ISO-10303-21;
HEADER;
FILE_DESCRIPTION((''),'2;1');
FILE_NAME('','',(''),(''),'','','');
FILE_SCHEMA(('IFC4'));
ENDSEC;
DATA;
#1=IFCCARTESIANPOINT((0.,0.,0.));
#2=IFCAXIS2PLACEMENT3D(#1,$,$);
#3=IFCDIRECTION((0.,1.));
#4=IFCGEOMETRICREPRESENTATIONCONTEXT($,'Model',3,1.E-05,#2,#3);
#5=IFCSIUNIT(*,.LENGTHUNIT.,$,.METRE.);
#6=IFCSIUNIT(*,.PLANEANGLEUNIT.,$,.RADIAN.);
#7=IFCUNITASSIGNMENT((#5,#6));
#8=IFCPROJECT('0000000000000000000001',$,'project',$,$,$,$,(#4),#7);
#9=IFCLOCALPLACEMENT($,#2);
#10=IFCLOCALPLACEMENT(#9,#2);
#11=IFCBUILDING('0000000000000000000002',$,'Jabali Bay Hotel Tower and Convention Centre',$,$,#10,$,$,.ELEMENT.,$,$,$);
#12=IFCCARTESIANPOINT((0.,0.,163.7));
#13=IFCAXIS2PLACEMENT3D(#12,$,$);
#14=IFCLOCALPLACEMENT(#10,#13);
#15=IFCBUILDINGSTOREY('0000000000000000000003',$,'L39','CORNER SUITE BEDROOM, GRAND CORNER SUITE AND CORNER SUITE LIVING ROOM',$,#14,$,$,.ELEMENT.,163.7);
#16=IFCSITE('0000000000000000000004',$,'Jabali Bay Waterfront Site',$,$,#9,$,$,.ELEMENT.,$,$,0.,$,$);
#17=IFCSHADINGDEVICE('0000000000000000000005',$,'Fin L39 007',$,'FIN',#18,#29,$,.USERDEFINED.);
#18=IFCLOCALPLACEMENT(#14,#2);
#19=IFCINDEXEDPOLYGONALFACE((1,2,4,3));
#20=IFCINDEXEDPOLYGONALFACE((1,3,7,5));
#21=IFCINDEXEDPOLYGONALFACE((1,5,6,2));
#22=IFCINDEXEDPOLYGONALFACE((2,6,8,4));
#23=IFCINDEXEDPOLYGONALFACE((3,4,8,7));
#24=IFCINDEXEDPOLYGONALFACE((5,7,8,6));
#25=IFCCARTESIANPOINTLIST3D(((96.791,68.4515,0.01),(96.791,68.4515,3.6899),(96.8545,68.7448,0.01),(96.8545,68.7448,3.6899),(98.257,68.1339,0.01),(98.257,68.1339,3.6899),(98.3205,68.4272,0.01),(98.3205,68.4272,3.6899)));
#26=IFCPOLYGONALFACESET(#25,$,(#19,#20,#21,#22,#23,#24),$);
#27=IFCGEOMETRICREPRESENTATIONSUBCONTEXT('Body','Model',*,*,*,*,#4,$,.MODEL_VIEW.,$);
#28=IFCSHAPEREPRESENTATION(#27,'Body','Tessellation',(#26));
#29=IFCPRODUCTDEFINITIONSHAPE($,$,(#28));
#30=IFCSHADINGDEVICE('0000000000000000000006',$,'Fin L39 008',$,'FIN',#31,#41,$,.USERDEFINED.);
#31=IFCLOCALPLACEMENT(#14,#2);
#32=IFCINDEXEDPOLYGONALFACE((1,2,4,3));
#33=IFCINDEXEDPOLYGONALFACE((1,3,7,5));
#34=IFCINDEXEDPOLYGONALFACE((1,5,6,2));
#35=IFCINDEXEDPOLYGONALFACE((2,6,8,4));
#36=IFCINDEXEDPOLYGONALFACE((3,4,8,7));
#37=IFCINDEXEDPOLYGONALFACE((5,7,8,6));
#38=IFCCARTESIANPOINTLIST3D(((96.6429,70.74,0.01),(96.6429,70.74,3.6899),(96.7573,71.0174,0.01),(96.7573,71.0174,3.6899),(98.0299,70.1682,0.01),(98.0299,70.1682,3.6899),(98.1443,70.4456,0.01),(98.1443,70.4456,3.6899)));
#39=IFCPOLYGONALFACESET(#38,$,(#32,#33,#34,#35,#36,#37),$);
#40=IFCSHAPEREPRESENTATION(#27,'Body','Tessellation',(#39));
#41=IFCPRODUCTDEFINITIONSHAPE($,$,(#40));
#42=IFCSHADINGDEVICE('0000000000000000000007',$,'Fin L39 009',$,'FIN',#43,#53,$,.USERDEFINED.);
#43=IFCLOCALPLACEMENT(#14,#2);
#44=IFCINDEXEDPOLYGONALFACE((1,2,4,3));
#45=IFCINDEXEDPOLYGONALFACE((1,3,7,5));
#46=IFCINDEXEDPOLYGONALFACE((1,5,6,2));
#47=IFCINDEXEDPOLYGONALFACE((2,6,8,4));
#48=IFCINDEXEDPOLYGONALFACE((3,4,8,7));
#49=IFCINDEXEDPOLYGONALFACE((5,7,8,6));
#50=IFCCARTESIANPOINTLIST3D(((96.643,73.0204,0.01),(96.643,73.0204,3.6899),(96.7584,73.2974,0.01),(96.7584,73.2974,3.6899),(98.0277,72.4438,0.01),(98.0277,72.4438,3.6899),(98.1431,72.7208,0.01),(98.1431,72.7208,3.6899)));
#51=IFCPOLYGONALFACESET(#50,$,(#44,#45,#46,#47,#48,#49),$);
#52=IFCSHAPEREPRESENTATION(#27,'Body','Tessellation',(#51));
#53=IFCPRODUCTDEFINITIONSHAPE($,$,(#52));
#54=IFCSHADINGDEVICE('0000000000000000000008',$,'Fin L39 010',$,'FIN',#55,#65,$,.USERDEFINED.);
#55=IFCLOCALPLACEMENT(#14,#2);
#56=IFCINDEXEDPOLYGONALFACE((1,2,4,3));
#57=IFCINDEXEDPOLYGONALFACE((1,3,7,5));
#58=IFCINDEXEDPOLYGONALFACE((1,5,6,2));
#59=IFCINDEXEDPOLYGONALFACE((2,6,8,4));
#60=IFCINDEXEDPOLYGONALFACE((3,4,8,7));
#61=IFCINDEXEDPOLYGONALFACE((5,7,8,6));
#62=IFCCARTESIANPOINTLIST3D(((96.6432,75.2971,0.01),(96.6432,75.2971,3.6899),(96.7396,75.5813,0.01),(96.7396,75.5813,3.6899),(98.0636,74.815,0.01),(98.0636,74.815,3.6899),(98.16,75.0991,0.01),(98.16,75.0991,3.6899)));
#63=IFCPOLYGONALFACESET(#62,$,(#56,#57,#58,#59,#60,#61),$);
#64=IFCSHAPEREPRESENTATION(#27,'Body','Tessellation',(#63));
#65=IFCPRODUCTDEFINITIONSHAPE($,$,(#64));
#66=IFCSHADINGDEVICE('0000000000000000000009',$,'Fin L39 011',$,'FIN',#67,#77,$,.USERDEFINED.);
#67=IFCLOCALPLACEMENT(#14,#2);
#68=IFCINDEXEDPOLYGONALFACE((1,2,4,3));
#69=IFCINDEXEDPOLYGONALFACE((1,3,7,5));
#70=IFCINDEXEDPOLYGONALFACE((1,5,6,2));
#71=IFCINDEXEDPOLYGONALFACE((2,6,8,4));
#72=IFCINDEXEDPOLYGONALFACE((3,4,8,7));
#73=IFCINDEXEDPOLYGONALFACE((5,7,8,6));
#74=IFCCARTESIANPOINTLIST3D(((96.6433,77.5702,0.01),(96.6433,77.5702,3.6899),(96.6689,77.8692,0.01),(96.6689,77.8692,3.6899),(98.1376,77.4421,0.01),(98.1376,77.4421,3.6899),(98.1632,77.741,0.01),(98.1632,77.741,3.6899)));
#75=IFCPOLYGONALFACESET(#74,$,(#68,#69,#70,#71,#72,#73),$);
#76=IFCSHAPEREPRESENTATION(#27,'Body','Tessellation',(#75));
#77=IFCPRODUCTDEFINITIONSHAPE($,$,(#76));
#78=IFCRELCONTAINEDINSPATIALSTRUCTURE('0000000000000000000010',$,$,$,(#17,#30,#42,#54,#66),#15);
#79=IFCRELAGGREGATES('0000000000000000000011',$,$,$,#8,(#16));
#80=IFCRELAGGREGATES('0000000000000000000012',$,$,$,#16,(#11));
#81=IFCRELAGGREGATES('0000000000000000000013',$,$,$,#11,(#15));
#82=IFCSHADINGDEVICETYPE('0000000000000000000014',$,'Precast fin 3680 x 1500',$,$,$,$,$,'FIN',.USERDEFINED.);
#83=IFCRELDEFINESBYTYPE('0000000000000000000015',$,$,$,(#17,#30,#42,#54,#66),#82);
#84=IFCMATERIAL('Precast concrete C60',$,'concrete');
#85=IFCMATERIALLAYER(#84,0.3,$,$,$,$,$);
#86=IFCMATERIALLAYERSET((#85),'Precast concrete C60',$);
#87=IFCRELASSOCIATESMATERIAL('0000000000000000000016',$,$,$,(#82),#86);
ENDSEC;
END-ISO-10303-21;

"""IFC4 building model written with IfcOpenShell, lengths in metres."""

from ifc_helpers import new_model, si_unit, direction, frame, frame_2d, origin, place, context, subcontext, project, spatial, rectangle, extrude, material, layer, layer_set, type_object, element, save


model = new_model("IFC4")

# Units and contexts
model_context = context("Model", 3, precision=1e-05, world=origin(), true_north=direction((0.0, 1.0)))
body_context = subcontext(model_context, "Body", "Model", "MODEL_VIEW")
ifc_project = project(units=[si_unit("LENGTHUNIT", "METRE"), si_unit("PLANEANGLEUNIT", "RADIAN")], contexts=[model_context])

# Site, building, storey
site_placement = place(None, origin())
site = spatial("IfcSite", under=ifc_project, at=site_placement, Name="Jabali Bay Waterfront Site", CompositionType="ELEMENT", RefElevation=0.0)
building_placement = place(site_placement, origin())
building = spatial("IfcBuilding", under=site, at=building_placement, Name="Jabali Bay Hotel Tower and Convention Centre", CompositionType="ELEMENT")
storey_placement = place(building_placement, frame((0.0, 0.0, 163.7)))
storey = spatial("IfcBuildingStorey", under=building, at=storey_placement, Name="L39", Description="CORNER SUITE BEDROOM, GRAND CORNER SUITE AND CORNER SUITE LIVING ROOM", CompositionType="ELEMENT", Elevation=163.7)

# Shading devices
ifc_material_1 = material(Name="Precast concrete C60", Category="concrete")
ifc_layer_1 = layer(ifc_material_1, 0.3)
ifc_layer_set_1 = layer_set([ifc_layer_1], Name="Precast concrete C60")
shading_device_type = type_object("IfcShadingDeviceType", Name="Precast fin 3680 x 1500", ElementType="FIN", PredefinedType="USERDEFINED", material=ifc_layer_set_1)
shading_device_1_placement = place(storey_placement, frame((96.8228, 68.5981, 0.01), z_axis=(0.0, 0.0, 1.0), x_axis=(0.977326, -0.21174, 0.0)))
element("IfcShadingDevice", 1, at=shading_device_1_placement, inside=storey, type_object=shading_device_type, Name="Fin L39 007", ObjectType="FIN", PredefinedType="USERDEFINED", context=body_context, shape_type="SweptSolid", body=[
    extrude(rectangle(XDim=1.5, YDim=0.3, at=frame_2d((0.75, 0.0))), origin(), (0.0, 0.0, 1.0), 3.6799),
])
shading_device_2_placement = place(storey_placement, frame((96.7002, 70.8787, 0.01), z_axis=(0.0, 0.0, 1.0), x_axis=(0.92452, -0.381134, 0.0)))
element("IfcShadingDevice", 2, at=shading_device_2_placement, inside=storey, type_object=shading_device_type, Name="Fin L39 008", ObjectType="FIN", PredefinedType="USERDEFINED", context=body_context, shape_type="SweptSolid", body=[
    extrude(rectangle(XDim=1.5002, YDim=0.3, at=frame_2d((0.75, 0.0))), origin(), (0.0, 0.0, 1.0), 3.6799),
])
for number, where, z_axis, x_axis, name in (
    (3, (96.7007, 73.1589, 0.01), (0.0, 0.0, 1.0), (0.923154, -0.38443, 0.0), "Fin L39 009"),
    (4, (96.6914, 75.4392, 0.01), (0.0, 0.0, 1.0), (0.946927, -0.321448, 0.0), "Fin L39 010"),
):
    element("IfcShadingDevice", number, at=place(storey_placement, frame(where, z_axis=z_axis, x_axis=x_axis)), inside=storey, type_object=shading_device_type, Name=name, ObjectType="FIN", PredefinedType="USERDEFINED", context=body_context, shape_type="SweptSolid", body=[
        extrude(rectangle(XDim=1.5, YDim=0.3, at=frame_2d((0.75, 0.0))), origin(), (0.0, 0.0, 1.0), 3.6799),
    ])
shading_device_3_placement = place(storey_placement, frame((96.656, 77.7197, 0.01), z_axis=(0.0, 0.0, 1.0), x_axis=(0.996342, -0.085457, 0.0)))
element("IfcShadingDevice", 5, at=shading_device_3_placement, inside=storey, type_object=shading_device_type, Name="Fin L39 011", ObjectType="FIN", PredefinedType="USERDEFINED", context=body_context, shape_type="SweptSolid", body=[
    extrude(rectangle(XDim=1.4998, YDim=0.3, at=frame_2d((0.75, 0.0))), origin(), (0.0, 0.0, 1.0), 3.6799),
])

save(model, "model.ifc")
